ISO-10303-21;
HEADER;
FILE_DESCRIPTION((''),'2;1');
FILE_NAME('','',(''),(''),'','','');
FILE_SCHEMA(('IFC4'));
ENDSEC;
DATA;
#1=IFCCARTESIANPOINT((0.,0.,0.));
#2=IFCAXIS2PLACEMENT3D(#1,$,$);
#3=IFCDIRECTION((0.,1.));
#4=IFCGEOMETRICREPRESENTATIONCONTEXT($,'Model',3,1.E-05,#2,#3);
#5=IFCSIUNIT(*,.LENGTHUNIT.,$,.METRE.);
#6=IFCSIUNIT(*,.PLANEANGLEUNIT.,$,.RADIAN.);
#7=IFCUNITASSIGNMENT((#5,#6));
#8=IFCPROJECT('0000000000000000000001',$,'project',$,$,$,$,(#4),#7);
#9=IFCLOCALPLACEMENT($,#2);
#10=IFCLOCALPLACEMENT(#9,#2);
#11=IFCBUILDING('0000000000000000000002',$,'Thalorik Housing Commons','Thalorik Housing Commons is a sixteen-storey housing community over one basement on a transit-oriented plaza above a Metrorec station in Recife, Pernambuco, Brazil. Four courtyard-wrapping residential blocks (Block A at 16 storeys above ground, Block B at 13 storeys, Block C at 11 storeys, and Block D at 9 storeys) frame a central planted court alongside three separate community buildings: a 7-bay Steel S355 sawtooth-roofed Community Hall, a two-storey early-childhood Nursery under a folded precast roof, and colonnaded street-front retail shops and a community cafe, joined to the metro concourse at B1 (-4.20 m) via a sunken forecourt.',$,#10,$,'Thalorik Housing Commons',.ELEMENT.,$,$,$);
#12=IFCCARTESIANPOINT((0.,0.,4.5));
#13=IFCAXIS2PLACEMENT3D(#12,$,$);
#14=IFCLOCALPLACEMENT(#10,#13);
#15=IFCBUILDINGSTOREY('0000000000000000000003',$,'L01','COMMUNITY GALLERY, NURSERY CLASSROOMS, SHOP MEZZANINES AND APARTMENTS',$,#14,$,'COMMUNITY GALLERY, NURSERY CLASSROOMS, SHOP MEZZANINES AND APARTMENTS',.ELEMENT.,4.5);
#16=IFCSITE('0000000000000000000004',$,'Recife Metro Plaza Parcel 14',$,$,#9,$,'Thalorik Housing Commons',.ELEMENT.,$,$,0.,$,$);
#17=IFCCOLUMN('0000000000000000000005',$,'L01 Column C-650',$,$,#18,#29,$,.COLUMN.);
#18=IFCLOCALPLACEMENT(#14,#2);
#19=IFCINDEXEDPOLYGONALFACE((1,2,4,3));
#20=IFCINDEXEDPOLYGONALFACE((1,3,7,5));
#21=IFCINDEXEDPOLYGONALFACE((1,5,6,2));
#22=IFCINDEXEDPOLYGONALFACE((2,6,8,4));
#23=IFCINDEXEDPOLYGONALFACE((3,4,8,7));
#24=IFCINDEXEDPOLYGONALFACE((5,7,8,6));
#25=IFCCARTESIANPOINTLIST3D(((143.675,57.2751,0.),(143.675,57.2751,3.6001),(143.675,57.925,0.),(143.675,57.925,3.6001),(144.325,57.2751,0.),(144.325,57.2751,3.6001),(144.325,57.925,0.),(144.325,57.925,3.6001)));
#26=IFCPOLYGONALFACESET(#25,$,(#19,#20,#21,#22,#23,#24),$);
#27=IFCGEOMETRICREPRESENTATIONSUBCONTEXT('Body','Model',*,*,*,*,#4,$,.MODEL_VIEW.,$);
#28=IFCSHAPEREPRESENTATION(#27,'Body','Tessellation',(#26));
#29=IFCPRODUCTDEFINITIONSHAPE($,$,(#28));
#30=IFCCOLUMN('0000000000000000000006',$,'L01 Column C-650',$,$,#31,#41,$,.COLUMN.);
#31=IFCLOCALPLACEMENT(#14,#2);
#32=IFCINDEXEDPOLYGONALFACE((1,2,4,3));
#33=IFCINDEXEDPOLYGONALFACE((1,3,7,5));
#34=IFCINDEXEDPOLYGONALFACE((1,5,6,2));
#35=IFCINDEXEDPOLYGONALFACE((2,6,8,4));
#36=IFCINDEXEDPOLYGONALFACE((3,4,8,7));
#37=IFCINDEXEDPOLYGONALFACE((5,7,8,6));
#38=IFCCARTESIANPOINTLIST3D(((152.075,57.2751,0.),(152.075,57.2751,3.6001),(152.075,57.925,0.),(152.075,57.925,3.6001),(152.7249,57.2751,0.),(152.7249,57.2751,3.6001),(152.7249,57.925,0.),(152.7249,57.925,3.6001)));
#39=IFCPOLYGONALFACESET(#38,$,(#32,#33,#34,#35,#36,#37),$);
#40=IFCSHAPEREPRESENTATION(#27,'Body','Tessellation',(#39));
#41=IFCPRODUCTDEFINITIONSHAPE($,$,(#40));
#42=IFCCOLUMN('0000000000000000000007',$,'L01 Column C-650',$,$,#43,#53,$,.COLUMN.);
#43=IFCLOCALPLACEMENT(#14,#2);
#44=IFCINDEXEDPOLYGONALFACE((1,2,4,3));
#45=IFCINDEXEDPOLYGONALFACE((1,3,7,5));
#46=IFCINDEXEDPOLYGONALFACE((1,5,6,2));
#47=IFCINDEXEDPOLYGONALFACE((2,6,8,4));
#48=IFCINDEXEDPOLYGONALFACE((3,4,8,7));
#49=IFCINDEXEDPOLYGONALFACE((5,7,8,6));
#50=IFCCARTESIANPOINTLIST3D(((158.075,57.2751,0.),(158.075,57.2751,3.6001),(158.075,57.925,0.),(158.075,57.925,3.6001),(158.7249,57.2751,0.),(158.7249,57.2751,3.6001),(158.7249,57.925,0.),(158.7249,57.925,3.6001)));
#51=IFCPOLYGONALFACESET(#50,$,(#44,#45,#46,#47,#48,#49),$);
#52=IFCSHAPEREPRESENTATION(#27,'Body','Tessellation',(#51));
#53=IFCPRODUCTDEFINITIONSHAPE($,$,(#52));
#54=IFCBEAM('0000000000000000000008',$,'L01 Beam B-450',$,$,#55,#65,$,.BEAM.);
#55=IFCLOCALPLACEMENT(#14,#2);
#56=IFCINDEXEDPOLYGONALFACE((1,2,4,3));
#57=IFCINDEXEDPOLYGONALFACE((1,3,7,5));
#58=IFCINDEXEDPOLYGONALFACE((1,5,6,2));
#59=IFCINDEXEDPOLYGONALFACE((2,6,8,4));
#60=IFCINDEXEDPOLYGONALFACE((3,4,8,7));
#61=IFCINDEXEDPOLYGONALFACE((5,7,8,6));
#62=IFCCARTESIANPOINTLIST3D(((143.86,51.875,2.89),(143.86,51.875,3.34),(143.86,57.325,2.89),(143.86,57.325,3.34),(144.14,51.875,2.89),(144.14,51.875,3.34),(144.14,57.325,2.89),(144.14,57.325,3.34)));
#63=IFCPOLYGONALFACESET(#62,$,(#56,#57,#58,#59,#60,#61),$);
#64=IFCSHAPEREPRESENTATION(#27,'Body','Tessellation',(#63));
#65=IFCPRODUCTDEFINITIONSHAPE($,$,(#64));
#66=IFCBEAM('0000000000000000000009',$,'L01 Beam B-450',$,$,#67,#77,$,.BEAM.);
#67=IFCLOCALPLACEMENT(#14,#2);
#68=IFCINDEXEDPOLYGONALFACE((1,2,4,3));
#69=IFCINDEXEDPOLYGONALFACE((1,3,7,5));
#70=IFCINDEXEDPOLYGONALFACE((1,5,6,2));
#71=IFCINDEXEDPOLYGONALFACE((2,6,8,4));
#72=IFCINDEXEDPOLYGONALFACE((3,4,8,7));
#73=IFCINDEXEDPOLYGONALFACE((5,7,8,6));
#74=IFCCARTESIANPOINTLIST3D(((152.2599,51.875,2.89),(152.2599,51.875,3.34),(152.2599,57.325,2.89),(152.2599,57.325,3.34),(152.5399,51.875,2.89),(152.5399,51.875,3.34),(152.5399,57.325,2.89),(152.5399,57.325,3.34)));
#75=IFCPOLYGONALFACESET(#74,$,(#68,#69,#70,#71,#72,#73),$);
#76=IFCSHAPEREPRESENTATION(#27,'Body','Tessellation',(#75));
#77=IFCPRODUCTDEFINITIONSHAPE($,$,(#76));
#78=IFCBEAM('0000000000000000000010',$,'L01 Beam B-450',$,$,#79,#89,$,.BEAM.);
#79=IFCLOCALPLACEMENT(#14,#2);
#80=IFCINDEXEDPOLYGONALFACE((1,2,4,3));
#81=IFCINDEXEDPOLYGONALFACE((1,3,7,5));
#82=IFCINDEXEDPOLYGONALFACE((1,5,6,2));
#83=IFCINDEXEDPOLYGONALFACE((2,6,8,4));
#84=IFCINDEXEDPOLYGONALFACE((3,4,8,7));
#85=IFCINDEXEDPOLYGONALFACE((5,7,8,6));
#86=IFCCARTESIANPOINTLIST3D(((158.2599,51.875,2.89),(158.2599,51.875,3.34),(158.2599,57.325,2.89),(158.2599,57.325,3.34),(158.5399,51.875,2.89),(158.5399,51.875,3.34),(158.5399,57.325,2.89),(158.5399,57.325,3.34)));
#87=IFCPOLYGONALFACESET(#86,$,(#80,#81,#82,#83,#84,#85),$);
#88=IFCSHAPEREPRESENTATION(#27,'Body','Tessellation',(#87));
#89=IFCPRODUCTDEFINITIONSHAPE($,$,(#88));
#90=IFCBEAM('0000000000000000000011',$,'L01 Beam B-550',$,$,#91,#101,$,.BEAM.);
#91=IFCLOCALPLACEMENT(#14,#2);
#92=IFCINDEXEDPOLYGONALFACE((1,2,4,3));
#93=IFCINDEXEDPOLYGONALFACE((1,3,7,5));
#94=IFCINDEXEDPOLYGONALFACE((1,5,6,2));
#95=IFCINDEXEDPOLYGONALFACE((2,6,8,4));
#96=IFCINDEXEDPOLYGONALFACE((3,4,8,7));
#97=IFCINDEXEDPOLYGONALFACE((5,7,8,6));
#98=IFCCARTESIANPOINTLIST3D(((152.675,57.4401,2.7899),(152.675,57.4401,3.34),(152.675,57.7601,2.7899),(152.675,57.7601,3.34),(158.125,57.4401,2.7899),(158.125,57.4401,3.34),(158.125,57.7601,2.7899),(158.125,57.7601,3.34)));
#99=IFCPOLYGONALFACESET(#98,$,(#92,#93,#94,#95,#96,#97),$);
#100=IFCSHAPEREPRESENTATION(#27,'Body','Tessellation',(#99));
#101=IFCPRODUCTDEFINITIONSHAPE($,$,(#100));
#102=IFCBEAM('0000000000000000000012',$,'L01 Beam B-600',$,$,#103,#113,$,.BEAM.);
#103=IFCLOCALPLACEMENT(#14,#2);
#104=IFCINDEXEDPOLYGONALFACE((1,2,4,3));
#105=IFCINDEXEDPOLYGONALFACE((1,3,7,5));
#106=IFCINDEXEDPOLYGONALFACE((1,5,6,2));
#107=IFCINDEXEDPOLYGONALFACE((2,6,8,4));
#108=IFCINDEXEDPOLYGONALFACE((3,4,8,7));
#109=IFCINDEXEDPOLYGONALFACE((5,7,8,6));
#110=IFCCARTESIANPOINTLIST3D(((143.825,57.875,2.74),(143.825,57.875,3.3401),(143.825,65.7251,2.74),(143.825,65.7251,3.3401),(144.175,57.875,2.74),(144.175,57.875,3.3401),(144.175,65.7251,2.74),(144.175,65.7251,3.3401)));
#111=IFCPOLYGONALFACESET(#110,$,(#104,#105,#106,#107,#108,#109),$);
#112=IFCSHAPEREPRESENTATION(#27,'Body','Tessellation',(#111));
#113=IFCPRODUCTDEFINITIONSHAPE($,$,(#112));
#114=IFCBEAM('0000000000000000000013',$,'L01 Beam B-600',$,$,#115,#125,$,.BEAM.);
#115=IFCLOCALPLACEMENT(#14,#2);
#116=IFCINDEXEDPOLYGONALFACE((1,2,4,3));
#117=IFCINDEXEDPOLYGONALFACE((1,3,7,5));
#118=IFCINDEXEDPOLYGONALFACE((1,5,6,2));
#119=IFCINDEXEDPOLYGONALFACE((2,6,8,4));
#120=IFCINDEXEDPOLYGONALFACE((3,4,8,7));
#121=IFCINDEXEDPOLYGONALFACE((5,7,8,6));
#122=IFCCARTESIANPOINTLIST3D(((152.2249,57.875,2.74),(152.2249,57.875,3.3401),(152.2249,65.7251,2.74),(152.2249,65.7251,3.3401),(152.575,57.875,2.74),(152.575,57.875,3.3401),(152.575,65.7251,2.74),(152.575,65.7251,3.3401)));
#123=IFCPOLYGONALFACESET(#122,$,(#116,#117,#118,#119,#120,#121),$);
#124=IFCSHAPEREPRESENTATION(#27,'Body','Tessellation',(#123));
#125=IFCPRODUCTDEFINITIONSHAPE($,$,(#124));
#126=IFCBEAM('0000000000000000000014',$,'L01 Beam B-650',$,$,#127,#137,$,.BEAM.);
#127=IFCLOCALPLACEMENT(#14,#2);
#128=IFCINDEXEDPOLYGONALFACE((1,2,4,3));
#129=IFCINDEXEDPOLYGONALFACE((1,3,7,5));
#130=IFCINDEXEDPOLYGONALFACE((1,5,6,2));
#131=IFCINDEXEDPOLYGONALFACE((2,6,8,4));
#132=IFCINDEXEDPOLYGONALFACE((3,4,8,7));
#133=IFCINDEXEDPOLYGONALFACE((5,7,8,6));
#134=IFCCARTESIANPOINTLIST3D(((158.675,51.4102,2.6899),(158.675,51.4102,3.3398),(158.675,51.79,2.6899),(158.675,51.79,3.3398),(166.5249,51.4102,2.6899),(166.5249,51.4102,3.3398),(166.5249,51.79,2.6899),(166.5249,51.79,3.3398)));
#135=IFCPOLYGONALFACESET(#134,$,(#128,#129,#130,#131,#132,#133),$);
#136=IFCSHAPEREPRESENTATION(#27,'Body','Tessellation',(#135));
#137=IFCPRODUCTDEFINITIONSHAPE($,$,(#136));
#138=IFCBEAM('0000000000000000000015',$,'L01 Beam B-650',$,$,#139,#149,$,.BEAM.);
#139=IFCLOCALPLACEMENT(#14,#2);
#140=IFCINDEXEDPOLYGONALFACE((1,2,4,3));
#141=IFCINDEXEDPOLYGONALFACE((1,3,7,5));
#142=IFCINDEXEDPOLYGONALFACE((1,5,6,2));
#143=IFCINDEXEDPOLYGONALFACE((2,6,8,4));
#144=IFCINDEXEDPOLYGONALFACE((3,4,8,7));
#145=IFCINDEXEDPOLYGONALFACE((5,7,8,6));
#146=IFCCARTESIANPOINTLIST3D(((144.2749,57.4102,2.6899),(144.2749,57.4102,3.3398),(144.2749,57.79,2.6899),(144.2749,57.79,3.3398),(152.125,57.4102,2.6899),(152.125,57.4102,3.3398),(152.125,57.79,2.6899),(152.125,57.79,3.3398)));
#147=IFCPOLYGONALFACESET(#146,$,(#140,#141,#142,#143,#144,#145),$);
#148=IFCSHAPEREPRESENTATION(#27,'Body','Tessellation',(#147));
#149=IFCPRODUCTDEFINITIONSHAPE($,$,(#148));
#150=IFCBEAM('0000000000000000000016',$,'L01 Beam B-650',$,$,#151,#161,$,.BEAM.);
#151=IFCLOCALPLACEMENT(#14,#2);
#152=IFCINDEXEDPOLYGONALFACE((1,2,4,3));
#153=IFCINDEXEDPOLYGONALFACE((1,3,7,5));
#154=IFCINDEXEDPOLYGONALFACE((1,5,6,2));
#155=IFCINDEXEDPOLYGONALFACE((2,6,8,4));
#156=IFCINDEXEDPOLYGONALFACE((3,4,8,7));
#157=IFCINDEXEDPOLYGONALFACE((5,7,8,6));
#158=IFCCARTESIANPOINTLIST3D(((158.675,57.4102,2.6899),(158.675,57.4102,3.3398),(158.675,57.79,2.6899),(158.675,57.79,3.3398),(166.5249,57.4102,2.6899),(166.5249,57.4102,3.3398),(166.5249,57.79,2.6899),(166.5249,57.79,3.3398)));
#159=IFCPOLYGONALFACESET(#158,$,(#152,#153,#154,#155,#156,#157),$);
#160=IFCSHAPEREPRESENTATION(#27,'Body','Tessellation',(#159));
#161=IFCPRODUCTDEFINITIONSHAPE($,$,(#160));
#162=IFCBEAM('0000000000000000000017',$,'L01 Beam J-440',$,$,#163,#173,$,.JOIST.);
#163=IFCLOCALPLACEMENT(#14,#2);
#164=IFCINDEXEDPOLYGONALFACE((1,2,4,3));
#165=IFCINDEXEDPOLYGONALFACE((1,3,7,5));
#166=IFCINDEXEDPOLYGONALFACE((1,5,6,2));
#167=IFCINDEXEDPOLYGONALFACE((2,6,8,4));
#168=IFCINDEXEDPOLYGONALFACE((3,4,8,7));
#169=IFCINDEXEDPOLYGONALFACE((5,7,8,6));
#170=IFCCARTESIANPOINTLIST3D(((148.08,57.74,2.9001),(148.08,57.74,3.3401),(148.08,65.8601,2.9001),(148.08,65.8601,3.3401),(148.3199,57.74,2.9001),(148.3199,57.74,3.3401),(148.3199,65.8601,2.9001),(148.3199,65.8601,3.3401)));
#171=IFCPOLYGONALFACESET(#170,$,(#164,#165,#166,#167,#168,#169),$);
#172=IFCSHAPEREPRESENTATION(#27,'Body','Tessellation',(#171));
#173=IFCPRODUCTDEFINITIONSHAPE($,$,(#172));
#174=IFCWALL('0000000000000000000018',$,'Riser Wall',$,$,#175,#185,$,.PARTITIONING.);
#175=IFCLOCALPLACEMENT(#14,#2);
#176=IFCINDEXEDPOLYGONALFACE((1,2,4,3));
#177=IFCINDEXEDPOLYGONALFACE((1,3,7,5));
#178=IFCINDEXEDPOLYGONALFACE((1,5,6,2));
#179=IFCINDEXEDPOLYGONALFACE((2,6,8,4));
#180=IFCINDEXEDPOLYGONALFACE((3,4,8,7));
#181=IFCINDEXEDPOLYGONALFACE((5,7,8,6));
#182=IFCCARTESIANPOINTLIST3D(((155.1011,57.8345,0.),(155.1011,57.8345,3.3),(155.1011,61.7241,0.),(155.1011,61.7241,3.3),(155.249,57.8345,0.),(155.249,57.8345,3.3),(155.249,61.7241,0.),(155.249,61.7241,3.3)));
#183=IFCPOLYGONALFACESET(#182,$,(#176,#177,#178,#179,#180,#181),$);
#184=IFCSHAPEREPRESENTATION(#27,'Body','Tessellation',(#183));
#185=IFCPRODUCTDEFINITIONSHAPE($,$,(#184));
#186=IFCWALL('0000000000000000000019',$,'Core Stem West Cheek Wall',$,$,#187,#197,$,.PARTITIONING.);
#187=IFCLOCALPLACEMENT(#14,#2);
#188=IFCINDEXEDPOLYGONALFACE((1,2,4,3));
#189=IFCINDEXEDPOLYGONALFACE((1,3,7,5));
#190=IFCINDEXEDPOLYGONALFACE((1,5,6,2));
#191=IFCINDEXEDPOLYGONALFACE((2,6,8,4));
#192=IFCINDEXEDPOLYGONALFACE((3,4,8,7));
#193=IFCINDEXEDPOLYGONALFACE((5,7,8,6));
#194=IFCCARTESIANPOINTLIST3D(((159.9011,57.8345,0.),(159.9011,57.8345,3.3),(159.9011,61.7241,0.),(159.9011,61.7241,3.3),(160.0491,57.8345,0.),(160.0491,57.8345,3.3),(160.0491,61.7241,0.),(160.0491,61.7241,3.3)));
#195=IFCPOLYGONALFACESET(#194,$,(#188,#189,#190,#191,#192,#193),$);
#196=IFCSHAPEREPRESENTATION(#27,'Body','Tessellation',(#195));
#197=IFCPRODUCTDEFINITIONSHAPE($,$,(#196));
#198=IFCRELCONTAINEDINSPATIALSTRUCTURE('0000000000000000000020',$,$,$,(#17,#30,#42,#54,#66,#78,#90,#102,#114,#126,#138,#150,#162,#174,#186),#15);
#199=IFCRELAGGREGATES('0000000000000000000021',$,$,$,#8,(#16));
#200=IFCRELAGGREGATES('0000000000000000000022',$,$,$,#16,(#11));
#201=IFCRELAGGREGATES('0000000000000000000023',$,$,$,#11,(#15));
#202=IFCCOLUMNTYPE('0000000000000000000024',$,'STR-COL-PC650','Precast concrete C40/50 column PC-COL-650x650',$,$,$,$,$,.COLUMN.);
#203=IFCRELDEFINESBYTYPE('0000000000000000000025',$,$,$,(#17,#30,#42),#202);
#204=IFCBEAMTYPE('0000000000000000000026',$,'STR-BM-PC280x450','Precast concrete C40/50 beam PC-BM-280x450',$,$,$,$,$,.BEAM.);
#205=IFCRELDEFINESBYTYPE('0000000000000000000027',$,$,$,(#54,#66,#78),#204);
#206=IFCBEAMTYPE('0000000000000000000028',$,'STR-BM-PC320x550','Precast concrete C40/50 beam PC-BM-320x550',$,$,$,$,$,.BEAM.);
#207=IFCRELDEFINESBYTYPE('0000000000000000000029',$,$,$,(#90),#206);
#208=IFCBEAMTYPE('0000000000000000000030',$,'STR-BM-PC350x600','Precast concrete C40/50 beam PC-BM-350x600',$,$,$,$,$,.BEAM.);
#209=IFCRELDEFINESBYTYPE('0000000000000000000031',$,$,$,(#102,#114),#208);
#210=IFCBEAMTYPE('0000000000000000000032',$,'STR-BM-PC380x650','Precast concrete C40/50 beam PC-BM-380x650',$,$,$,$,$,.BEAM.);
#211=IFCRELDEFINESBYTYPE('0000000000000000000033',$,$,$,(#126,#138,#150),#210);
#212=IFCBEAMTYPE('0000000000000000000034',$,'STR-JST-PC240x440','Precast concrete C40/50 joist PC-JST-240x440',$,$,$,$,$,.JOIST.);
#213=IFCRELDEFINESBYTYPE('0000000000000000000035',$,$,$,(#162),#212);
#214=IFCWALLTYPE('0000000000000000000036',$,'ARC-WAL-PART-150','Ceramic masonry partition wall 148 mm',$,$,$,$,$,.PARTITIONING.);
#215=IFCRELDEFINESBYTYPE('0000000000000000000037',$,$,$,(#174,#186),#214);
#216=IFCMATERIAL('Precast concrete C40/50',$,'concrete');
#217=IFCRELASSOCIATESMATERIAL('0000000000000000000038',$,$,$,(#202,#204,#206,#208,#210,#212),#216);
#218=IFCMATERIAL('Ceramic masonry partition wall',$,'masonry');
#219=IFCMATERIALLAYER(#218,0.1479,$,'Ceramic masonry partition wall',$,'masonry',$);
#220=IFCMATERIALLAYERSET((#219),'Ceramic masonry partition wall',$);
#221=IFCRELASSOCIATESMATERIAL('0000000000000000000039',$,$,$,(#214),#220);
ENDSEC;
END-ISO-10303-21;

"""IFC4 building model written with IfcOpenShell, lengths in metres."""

from ifc_helpers import new_model, si_unit, direction, frame, frame_2d, origin, origin_2d, place, context, subcontext, project, spatial, rectangle, extrude, material, layer, layer_set, material_profile, profile_set, type_object, element, save


model = new_model("IFC4")

# Units and contexts
model_context = context("Model", 3, precision=1e-05, world=origin(), true_north=direction((0.0, 1.0)))
body_context = subcontext(model_context, "Body", "Model", "MODEL_VIEW")
ifc_project = project(units=[si_unit("LENGTHUNIT", "METRE"), si_unit("PLANEANGLEUNIT", "RADIAN")], contexts=[model_context])

# Site, building, storey
site_placement = place(None, origin())
site = spatial("IfcSite", under=ifc_project, at=site_placement, Name="Recife Metro Plaza Parcel 14", LongName="Thalorik Housing Commons", CompositionType="ELEMENT", RefElevation=0.0)
building_placement = place(site_placement, origin())
building = spatial("IfcBuilding", under=site, at=building_placement, Name="Thalorik Housing Commons", Description="Thalorik Housing Commons is a sixteen-storey housing community over one basement on a transit-oriented plaza above a Metrorec station in Recife, Pernambuco, Brazil. Four courtyard-wrapping residential blocks (Block A at 16 storeys above ground, Block B at 13 storeys, Block C at 11 storeys, and Block D at 9 storeys) frame a central planted court alongside three separate community buildings: a 7-bay Steel S355 sawtooth-roofed Community Hall, a two-storey early-childhood Nursery under a folded precast roof, and colonnaded street-front retail shops and a community cafe, joined to the metro concourse at B1 (-4.20 m) via a sunken forecourt.", LongName="Thalorik Housing Commons", CompositionType="ELEMENT")
storey_placement = place(building_placement, frame((0.0, 0.0, 4.5)))
storey = spatial("IfcBuildingStorey", under=building, at=storey_placement, Name="L01", Description="COMMUNITY GALLERY, NURSERY CLASSROOMS, SHOP MEZZANINES AND APARTMENTS", LongName="COMMUNITY GALLERY, NURSERY CLASSROOMS, SHOP MEZZANINES AND APARTMENTS", CompositionType="ELEMENT", Elevation=4.5)

# Columns
ifc_material_1 = material(Name="Precast concrete C40/50", Category="concrete")
ifc_material_profile_1 = material_profile(ifc_material_1, rectangle(XDim=0.6499, YDim=0.6499, at=origin_2d()), Name="PC 650x650", Category="concrete")
ifc_profile_set_1 = profile_set([ifc_material_profile_1], Name="Precast concrete C40/50")
column_type = type_object("IfcColumnType", Name="STR-COL-PC650", Description="Precast concrete C40/50 column PC-COL-650x650", PredefinedType="COLUMN", material=ifc_profile_set_1)
for number, where, z_axis, x_axis, name in (
    (1, (144.0, 57.6001, 0.0), (0.0, 0.0, 1.0), (1.0, 0.0, 0.0), "L01 Column C-650"),
    (2, (152.3999, 57.6001, 0.0), (0.0, 0.0, 1.0), (1.0, 0.0, 0.0), "L01 Column C-650"),
    (3, (158.3999, 57.6001, 0.0), (0.0, 0.0, 1.0), (1.0, 0.0, 0.0), "L01 Column C-650"),
):
    element("IfcColumn", number, at=place(storey_placement, frame(where, z_axis=z_axis, x_axis=x_axis)), inside=storey, type_object=column_type, Name=name, PredefinedType="COLUMN", context=body_context, shape_type="SweptSolid", body=[
        extrude(rectangle(XDim=0.6499, YDim=0.6499, at=origin_2d()), origin(), (0.0, 0.0, 1.0), 3.6001),
    ])

# Beams
ifc_material_profile_2 = material_profile(ifc_material_1, rectangle(XDim=0.28, YDim=0.45, at=origin_2d()), Name="PC 280x450", Category="concrete")
ifc_profile_set_2 = profile_set([ifc_material_profile_2], Name="Precast concrete C40/50")
beam_type_1 = type_object("IfcBeamType", Name="STR-BM-PC280x450", Description="Precast concrete C40/50 beam PC-BM-280x450", PredefinedType="BEAM", material=ifc_profile_set_2)
for number, where, z_axis, x_axis, name in (
    (4, (144.0, 51.875, 3.115), (0.0, 1.0, 0.0), (-1.0, 0.0, 0.0), "L01 Beam B-450"),
    (5, (152.3999, 51.875, 3.115), (0.0, 1.0, 0.0), (-1.0, 0.0, 0.0), "L01 Beam B-450"),
    (6, (158.3999, 51.875, 3.115), (0.0, 1.0, 0.0), (-1.0, 0.0, 0.0), "L01 Beam B-450"),
):
    element("IfcBeam", number, at=place(storey_placement, frame(where, z_axis=z_axis, x_axis=x_axis)), inside=storey, type_object=beam_type_1, Name=name, PredefinedType="BEAM", context=body_context, shape_type="SweptSolid", body=[
        extrude(rectangle(XDim=0.28, YDim=0.45, at=origin_2d()), origin(), (0.0, 0.0, 1.0), 5.45),
    ])
ifc_material_profile_3 = material_profile(ifc_material_1, rectangle(XDim=0.3201, YDim=0.55, at=origin_2d()), Name="PC 320x550", Category="concrete")
ifc_profile_set_3 = profile_set([ifc_material_profile_3], Name="Precast concrete C40/50")
beam_type_2 = type_object("IfcBeamType", Name="STR-BM-PC320x550", Description="Precast concrete C40/50 beam PC-BM-320x550", PredefinedType="BEAM", material=ifc_profile_set_3)
beam_1_placement = place(storey_placement, frame((152.675, 57.6001, 3.0649), z_axis=(1.0, 0.0, 0.0), x_axis=(0.0, 1.0, 0.0)))
element("IfcBeam", 7, at=beam_1_placement, inside=storey, type_object=beam_type_2, Name="L01 Beam B-550", PredefinedType="BEAM", context=body_context, shape_type="SweptSolid", body=[
    extrude(rectangle(XDim=0.3201, YDim=0.55, at=origin_2d()), origin(), (0.0, 0.0, 1.0), 5.45),
])
ifc_material_profile_4 = material_profile(ifc_material_1, rectangle(XDim=0.3501, YDim=0.6001, at=origin_2d()), Name="PC 350x600", Category="concrete")
ifc_profile_set_4 = profile_set([ifc_material_profile_4], Name="Precast concrete C40/50")
beam_type_3 = type_object("IfcBeamType", Name="STR-BM-PC350x600", Description="Precast concrete C40/50 beam PC-BM-350x600", PredefinedType="BEAM", material=ifc_profile_set_4)
for number, where, z_axis, x_axis, name in (
    (8, (144.0, 57.875, 3.04), (0.0, 1.0, 0.0), (-1.0, 0.0, 0.0), "L01 Beam B-600"),
    (9, (152.3999, 57.875, 3.04), (0.0, 1.0, 0.0), (-1.0, 0.0, 0.0), "L01 Beam B-600"),
):
    element("IfcBeam", number, at=place(storey_placement, frame(where, z_axis=z_axis, x_axis=x_axis)), inside=storey, type_object=beam_type_3, Name=name, PredefinedType="BEAM", context=body_context, shape_type="SweptSolid", body=[
        extrude(rectangle(XDim=0.3501, YDim=0.6001, at=origin_2d()), origin(), (0.0, 0.0, 1.0), 7.8501),
    ])
ifc_material_profile_5 = material_profile(ifc_material_1, rectangle(XDim=0.3799, YDim=0.6499, at=origin_2d()), Name="PC 380x650", Category="concrete")
ifc_profile_set_5 = profile_set([ifc_material_profile_5], Name="Precast concrete C40/50")
beam_type_4 = type_object("IfcBeamType", Name="STR-BM-PC380x650", Description="Precast concrete C40/50 beam PC-BM-380x650", PredefinedType="BEAM", material=ifc_profile_set_5)
beam_2_placement = place(storey_placement, frame((158.675, 51.6001, 3.0149), z_axis=(1.0, 0.0, 0.0), x_axis=(0.0, 1.0, 0.0)))
element("IfcBeam", 10, at=beam_2_placement, inside=storey, type_object=beam_type_4, Name="L01 Beam B-650", PredefinedType="BEAM", context=body_context, shape_type="SweptSolid", body=[
    extrude(rectangle(XDim=0.3799, YDim=0.6499, at=origin_2d()), origin(), (0.0, 0.0, 1.0), 7.8499),
])
beam_3_placement = place(storey_placement, frame((144.2749, 57.6001, 3.0149), z_axis=(1.0, 0.0, 0.0), x_axis=(0.0, 1.0, 0.0)))
element("IfcBeam", 11, at=beam_3_placement, inside=storey, type_object=beam_type_4, Name="L01 Beam B-650", PredefinedType="BEAM", context=body_context, shape_type="SweptSolid", body=[
    extrude(rectangle(XDim=0.3799, YDim=0.6499, at=origin_2d()), origin(), (0.0, 0.0, 1.0), 7.8501),
])
beam_4_placement = place(storey_placement, frame((158.675, 57.6001, 3.0149), z_axis=(1.0, 0.0, 0.0), x_axis=(0.0, 1.0, 0.0)))
element("IfcBeam", 12, at=beam_4_placement, inside=storey, type_object=beam_type_4, Name="L01 Beam B-650", PredefinedType="BEAM", context=body_context, shape_type="SweptSolid", body=[
    extrude(rectangle(XDim=0.3799, YDim=0.6499, at=origin_2d()), origin(), (0.0, 0.0, 1.0), 7.8499),
])
ifc_material_profile_6 = material_profile(ifc_material_1, rectangle(XDim=0.24, YDim=0.4399, at=origin_2d()), Name="PC JST 240x440", Category="concrete")
ifc_profile_set_6 = profile_set([ifc_material_profile_6], Name="Precast concrete C40/50")
beam_type_5 = type_object("IfcBeamType", Name="STR-JST-PC240x440", Description="Precast concrete C40/50 joist PC-JST-240x440", PredefinedType="JOIST", material=ifc_profile_set_6)
beam_5_placement = place(storey_placement, frame((148.2, 57.74, 3.1201), z_axis=(0.0, 1.0, 0.0), x_axis=(-1.0, 0.0, 0.0)))
element("IfcBeam", 13, at=beam_5_placement, inside=storey, type_object=beam_type_5, Name="L01 Beam J-440", PredefinedType="JOIST", context=body_context, shape_type="SweptSolid", body=[
    extrude(rectangle(XDim=0.24, YDim=0.4399, at=origin_2d()), origin(), (0.0, 0.0, 1.0), 8.1201),
])

# Walls
ifc_material_2 = material(Name="Ceramic masonry partition wall", Category="masonry")
ifc_layer_1 = layer(ifc_material_2, 0.1479, Name="Ceramic masonry partition wall", Category="masonry")
ifc_layer_set_1 = layer_set([ifc_layer_1], Name="Ceramic masonry partition wall")
wall_type_1 = type_object("IfcWallType", Name="ARC-WAL-PART-150", Description="Ceramic masonry partition wall 148 mm", PredefinedType="PARTITIONING", material=ifc_layer_set_1)
for number, where, z_axis, x_axis, name in (
    (14, (155.175, 61.7241, 0.0), (0.0, 0.0, 1.0), (0.0, -1.0, 0.0), "Riser Wall"),
    (15, (159.9751, 61.7241, 0.0), (0.0, 0.0, 1.0), (0.0, -1.0, 0.0), "Core Stem West Cheek Wall"),
):
    element("IfcWall", number, at=place(storey_placement, frame(where, z_axis=z_axis, x_axis=x_axis)), inside=storey, type_object=wall_type_1, Name=name, PredefinedType="PARTITIONING", context=body_context, shape_type="SweptSolid", body=[
        extrude(rectangle(XDim=3.8896, YDim=0.1479, at=frame_2d((1.9448, 0.0))), origin(), (0.0, 0.0, 1.0), 3.3),
    ])

save(model, "model.ifc")
